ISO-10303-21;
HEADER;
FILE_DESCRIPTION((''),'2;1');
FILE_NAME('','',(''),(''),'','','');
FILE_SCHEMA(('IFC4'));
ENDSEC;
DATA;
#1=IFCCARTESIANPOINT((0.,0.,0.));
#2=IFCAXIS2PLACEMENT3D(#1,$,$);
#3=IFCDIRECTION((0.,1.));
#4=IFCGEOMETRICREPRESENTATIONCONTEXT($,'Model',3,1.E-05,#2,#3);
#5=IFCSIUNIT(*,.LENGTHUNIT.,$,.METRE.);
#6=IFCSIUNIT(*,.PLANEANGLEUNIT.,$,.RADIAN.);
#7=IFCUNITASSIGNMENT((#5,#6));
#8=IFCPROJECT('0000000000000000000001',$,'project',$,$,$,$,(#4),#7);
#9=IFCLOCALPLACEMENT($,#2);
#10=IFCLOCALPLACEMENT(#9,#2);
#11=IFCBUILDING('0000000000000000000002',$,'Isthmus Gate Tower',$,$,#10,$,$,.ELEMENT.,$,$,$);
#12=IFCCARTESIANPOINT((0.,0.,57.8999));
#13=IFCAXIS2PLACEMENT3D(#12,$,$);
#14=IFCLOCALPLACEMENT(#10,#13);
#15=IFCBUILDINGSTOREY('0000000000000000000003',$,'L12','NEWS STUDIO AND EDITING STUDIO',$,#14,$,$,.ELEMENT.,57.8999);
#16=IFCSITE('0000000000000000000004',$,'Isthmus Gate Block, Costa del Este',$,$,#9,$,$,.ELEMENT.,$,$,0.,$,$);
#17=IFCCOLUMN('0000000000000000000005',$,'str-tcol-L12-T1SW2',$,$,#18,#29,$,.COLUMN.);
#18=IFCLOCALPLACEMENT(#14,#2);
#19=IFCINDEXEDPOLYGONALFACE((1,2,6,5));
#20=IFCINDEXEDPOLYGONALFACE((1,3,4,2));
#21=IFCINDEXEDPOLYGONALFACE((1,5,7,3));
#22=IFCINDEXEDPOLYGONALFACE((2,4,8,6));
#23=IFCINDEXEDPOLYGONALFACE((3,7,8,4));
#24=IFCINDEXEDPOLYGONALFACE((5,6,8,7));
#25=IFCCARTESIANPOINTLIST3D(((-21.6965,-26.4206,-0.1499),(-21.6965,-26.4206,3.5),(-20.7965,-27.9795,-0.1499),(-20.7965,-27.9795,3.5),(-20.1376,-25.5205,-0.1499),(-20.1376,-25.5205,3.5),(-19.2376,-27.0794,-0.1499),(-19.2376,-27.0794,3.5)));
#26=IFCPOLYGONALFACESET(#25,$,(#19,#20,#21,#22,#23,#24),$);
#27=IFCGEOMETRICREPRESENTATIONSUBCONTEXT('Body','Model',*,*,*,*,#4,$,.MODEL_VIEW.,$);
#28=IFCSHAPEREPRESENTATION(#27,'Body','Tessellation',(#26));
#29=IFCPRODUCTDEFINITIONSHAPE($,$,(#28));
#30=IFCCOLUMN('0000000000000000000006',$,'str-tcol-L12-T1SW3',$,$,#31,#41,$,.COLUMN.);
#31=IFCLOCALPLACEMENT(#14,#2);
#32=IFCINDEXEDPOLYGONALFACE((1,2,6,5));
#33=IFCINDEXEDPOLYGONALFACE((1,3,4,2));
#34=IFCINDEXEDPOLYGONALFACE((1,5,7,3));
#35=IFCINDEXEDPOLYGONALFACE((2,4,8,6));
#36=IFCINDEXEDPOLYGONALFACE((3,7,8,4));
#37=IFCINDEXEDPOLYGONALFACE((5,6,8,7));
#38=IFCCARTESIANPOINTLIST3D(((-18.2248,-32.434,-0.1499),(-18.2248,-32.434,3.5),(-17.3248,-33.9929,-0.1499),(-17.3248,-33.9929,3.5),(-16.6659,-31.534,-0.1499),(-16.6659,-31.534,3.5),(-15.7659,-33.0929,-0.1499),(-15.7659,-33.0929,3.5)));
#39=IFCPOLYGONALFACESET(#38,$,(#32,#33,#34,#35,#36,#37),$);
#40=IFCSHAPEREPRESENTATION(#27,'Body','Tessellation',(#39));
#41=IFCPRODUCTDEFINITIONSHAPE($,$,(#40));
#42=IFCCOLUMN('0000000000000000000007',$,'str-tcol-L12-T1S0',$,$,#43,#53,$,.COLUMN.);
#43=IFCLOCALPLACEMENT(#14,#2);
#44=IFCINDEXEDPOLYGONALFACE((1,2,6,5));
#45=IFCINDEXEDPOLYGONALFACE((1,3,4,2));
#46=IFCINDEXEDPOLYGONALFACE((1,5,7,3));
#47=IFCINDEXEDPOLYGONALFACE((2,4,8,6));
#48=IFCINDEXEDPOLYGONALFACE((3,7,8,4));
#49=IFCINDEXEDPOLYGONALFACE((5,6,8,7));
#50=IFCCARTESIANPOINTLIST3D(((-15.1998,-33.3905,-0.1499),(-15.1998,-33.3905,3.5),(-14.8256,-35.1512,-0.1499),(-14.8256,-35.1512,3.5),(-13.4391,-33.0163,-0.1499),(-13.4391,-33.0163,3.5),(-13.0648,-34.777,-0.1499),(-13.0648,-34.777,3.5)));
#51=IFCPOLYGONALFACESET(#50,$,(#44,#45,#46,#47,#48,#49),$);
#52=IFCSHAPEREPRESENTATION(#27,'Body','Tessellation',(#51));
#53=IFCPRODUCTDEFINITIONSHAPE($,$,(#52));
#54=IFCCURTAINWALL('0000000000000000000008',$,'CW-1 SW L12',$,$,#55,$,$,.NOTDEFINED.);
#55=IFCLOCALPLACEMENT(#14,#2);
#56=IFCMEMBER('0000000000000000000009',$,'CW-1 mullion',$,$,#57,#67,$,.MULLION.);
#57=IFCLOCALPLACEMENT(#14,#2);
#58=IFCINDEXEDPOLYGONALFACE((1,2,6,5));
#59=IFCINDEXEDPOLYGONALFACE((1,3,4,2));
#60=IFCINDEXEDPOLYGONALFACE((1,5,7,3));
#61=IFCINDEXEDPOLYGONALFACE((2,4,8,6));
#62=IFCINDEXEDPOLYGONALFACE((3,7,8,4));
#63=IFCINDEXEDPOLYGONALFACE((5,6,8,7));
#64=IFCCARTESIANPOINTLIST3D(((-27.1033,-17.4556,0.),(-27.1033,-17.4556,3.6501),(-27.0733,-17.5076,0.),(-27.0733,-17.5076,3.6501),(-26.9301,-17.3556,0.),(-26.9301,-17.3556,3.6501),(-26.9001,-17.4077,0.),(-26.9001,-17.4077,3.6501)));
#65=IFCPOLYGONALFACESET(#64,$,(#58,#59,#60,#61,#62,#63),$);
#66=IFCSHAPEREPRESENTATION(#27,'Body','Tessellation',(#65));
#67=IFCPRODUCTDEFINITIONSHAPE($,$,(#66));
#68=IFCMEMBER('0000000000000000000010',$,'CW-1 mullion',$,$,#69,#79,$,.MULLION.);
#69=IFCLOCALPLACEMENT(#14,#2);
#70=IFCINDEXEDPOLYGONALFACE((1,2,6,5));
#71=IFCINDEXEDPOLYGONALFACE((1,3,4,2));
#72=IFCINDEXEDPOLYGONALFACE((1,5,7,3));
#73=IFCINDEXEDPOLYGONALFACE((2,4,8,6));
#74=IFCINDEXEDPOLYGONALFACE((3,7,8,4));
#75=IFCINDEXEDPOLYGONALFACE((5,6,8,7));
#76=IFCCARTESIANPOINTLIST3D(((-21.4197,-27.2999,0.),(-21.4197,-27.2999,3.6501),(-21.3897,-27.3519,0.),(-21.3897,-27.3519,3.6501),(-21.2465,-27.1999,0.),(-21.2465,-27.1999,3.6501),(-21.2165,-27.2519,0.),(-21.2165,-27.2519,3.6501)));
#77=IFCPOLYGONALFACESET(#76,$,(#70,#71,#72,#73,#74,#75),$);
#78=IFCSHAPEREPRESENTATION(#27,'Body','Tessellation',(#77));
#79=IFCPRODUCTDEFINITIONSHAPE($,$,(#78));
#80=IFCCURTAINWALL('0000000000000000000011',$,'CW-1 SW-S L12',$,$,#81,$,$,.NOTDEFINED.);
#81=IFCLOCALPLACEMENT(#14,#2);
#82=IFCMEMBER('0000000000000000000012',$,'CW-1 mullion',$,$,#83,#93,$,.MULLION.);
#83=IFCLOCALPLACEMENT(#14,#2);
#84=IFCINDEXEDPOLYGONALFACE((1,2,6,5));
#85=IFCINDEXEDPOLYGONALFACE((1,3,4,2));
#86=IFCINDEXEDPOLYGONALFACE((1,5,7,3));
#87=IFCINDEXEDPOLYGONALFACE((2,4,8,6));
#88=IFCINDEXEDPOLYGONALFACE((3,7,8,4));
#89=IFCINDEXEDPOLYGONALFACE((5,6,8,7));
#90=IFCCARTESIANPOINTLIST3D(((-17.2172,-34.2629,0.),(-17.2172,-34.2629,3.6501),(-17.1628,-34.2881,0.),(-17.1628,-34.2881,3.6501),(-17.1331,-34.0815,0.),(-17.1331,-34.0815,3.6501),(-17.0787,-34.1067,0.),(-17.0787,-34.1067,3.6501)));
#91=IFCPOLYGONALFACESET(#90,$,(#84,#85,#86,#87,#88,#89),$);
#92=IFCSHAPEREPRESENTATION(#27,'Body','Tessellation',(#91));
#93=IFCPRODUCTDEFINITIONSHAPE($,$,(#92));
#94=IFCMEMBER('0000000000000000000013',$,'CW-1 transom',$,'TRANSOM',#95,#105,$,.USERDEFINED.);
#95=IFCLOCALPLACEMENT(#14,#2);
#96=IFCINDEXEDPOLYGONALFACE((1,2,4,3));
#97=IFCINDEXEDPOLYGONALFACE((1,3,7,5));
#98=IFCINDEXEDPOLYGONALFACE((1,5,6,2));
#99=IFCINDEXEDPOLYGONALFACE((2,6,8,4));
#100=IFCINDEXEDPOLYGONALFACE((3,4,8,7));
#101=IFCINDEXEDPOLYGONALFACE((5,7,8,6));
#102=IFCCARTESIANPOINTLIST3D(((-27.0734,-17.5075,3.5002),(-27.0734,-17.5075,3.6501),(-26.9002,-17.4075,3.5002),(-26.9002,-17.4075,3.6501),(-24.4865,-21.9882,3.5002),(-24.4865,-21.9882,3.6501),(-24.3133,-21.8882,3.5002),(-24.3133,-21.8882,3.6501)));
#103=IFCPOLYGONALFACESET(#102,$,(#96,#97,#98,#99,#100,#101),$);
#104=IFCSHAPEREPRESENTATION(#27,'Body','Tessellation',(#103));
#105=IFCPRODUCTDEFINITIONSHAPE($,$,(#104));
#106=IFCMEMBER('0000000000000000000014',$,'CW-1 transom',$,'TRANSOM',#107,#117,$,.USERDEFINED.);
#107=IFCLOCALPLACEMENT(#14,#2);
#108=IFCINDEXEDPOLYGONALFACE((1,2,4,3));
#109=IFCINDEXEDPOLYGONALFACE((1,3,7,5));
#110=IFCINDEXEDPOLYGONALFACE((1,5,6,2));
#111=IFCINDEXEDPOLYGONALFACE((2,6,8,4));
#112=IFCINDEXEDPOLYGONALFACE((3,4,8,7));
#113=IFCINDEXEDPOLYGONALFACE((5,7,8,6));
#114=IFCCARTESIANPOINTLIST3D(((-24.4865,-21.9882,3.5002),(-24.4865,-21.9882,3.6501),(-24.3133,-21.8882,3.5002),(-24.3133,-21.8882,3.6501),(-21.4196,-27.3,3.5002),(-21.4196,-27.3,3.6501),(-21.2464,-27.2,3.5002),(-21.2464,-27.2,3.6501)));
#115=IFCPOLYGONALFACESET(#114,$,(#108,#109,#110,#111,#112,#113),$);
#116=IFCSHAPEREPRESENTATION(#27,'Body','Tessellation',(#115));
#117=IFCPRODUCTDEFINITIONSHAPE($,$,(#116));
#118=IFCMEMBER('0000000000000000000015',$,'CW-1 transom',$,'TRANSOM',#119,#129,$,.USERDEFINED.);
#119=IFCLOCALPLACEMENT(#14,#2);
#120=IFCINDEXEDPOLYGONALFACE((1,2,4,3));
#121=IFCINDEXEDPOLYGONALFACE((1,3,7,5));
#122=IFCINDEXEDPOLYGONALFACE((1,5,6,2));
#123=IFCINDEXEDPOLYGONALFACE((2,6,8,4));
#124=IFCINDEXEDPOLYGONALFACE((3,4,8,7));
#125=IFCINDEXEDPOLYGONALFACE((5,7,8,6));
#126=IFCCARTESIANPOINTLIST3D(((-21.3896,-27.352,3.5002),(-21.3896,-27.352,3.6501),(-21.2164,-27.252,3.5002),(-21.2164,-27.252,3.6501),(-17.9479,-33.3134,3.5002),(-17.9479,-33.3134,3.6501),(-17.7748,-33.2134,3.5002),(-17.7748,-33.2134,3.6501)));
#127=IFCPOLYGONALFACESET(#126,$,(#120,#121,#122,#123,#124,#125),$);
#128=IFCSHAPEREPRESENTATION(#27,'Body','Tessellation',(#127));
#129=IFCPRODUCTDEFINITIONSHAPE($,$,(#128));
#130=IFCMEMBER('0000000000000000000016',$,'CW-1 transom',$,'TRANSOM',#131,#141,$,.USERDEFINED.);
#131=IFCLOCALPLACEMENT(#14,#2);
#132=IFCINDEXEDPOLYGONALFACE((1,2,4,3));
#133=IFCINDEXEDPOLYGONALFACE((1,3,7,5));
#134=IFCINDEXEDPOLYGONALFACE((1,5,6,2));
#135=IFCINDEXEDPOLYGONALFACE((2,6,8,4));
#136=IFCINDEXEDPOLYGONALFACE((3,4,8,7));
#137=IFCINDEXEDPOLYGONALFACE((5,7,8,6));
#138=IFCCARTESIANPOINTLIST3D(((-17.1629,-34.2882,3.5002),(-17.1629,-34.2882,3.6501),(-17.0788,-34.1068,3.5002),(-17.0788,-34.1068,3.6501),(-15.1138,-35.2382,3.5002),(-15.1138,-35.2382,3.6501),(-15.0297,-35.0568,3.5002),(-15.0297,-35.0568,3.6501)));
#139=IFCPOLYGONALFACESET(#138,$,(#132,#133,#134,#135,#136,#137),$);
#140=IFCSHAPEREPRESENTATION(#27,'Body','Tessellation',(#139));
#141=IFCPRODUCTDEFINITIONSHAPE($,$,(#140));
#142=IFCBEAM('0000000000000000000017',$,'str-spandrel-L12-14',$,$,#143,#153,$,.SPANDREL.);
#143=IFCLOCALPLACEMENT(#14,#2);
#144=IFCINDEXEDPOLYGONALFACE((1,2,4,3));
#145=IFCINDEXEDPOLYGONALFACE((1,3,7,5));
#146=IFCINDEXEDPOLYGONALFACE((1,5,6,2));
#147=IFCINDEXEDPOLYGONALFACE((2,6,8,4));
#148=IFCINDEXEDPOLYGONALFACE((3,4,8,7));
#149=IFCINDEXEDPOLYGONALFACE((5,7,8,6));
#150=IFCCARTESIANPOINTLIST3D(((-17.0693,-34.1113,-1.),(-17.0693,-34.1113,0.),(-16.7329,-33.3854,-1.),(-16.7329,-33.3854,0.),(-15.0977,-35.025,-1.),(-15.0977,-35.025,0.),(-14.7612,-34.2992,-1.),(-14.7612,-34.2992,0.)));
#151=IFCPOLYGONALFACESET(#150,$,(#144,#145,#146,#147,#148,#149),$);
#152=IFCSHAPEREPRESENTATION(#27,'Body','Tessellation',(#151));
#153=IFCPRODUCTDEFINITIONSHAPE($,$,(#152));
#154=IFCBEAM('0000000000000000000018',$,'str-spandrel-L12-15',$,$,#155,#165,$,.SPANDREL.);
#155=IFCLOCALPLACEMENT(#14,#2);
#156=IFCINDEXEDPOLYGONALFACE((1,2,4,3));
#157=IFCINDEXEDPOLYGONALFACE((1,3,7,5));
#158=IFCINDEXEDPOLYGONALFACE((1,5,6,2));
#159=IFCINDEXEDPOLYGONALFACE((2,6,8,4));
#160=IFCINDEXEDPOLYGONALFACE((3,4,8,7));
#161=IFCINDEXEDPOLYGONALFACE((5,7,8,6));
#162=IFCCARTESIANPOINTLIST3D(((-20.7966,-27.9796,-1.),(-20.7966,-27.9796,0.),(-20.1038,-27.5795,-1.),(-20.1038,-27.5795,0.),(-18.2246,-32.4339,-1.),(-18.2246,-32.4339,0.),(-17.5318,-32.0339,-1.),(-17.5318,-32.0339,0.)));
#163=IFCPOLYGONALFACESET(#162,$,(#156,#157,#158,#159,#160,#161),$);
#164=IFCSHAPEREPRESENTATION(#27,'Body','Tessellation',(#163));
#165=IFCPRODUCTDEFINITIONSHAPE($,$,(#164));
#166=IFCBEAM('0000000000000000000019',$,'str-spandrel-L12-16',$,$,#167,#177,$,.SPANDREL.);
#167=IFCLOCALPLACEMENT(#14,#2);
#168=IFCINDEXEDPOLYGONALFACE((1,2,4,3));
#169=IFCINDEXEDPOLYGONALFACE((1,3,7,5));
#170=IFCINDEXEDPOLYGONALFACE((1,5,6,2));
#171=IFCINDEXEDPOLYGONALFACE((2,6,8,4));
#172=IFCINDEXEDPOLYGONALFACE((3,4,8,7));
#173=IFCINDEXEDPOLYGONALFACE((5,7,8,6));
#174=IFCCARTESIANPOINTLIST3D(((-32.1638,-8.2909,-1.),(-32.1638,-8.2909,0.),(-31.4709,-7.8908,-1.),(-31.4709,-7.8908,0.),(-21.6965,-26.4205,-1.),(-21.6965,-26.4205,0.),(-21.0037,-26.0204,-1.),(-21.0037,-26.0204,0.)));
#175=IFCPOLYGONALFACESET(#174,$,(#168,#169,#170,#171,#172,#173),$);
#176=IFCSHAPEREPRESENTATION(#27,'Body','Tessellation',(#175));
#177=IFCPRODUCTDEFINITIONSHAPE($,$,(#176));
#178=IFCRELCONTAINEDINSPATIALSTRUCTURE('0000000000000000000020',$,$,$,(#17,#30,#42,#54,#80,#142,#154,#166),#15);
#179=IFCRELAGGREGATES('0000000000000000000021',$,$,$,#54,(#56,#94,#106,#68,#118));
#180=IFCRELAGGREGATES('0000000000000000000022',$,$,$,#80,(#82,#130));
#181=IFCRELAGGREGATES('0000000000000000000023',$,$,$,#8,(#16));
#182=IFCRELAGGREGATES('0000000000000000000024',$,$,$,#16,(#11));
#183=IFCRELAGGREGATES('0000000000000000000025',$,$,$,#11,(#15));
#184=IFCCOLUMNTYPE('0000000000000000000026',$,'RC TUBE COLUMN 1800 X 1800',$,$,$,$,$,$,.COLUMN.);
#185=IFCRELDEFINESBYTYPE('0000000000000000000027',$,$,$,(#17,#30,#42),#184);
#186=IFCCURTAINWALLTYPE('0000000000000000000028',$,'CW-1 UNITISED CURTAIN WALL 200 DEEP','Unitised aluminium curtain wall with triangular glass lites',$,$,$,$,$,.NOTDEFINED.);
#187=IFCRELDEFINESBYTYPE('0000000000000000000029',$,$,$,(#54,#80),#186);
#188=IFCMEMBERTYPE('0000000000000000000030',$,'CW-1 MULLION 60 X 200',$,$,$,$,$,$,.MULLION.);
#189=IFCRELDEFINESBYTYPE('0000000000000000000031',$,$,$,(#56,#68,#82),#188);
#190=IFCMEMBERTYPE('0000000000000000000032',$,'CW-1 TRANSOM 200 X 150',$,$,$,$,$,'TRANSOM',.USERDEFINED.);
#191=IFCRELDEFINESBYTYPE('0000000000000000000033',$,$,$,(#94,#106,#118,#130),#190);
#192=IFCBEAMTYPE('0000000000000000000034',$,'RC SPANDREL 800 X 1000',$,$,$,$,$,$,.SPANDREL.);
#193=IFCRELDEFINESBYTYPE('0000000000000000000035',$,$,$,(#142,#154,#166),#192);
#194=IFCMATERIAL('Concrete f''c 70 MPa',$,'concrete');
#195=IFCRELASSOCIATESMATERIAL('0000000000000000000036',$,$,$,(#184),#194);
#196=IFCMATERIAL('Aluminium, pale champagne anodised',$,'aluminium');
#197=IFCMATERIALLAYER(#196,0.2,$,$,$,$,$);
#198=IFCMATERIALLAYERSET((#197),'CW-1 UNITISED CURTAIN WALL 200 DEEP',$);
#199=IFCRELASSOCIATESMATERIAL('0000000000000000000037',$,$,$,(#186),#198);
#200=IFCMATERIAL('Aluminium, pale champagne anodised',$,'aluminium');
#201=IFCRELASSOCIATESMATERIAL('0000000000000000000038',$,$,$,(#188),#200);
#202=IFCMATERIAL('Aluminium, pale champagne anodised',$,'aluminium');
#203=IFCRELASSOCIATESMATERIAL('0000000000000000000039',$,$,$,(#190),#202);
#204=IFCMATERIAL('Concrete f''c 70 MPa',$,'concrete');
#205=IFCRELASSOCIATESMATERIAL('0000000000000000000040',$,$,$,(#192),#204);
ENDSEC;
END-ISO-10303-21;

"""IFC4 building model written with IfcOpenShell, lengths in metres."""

from ifc_helpers import new_model, si_unit, direction, frame, origin, origin_2d, place, context, subcontext, project, spatial, rectangle, extrude, material, layer, layer_set, material_profile, profile_set, type_object, element, aggregate, save


model = new_model("IFC4")

# Units and contexts
model_context = context("Model", 3, precision=1e-05, world=origin(), true_north=direction((0.0, 1.0)))
body_context = subcontext(model_context, "Body", "Model", "MODEL_VIEW")
ifc_project = project(units=[si_unit("LENGTHUNIT", "METRE"), si_unit("PLANEANGLEUNIT", "RADIAN")], contexts=[model_context])

# Site, building, storey
site_placement = place(None, origin())
site = spatial("IfcSite", under=ifc_project, at=site_placement, Name="Isthmus Gate Block, Costa del Este", CompositionType="ELEMENT", RefElevation=0.0)
building_placement = place(site_placement, origin())
building = spatial("IfcBuilding", under=site, at=building_placement, Name="Isthmus Gate Tower", CompositionType="ELEMENT")
storey_placement = place(building_placement, frame((0.0, 0.0, 57.8999)))
storey = spatial("IfcBuildingStorey", under=building, at=storey_placement, Name="L12", Description="NEWS STUDIO AND EDITING STUDIO", CompositionType="ELEMENT", Elevation=57.8999)

# Columns
ifc_material_1 = material(Name="Concrete f'c 70 MPa", Category="concrete")
ifc_material_profile_1 = material_profile(ifc_material_1, rectangle(XDim=1.8, YDim=1.8, at=origin_2d()), Name="RC 1800X1800")
ifc_profile_set_1 = profile_set([ifc_material_profile_1], Name="Concrete f'c 70 MPa")
column_type = type_object("IfcColumnType", Name="RC TUBE COLUMN 1800 X 1800", PredefinedType="COLUMN", material=ifc_profile_set_1)
for number, where, z_axis, x_axis, name in (
    (1, (-20.467, -26.75, -0.1499), (0.0, 0.0, 1.0), (0.5, -0.866025, 0.0), "str-tcol-L12-T1SW2"),
    (2, (-16.9954, -32.7634, -0.1499), (0.0, 0.0, 1.0), (0.5, -0.866025, 0.0), "str-tcol-L12-T1SW3"),
    (3, (-14.1323, -34.0837, -0.1499), (0.0, 0.0, 1.0), (0.978148, 0.207912, 0.0), "str-tcol-L12-T1S0"),
):
    element("IfcColumn", number, at=place(storey_placement, frame(where, z_axis=z_axis, x_axis=x_axis)), inside=storey, type_object=column_type, Name=name, PredefinedType="COLUMN", context=body_context, shape_type="SweptSolid", body=[
        extrude(rectangle(XDim=1.8, YDim=1.8, at=origin_2d()), origin(), (0.0, 0.0, 1.0), 3.6499),
    ])

# Curtain wall, members
ifc_material_2 = material(Name="Aluminium, pale champagne anodised", Category="aluminium")
ifc_layer_1 = layer(ifc_material_2, 0.2)
ifc_layer_set_1 = layer_set([ifc_layer_1], Name="CW-1 UNITISED CURTAIN WALL 200 DEEP")
curtain_wall_type = type_object("IfcCurtainWallType", Name="CW-1 UNITISED CURTAIN WALL 200 DEEP", Description="Unitised aluminium curtain wall with triangular glass lites", PredefinedType="NOTDEFINED", material=ifc_layer_set_1)
curtain_wall_1_placement = place(storey_placement, origin())
curtain_wall_1 = element("IfcCurtainWall", 4, at=curtain_wall_1_placement, inside=storey, type_object=curtain_wall_type, Name="CW-1 SW L12", PredefinedType="NOTDEFINED")
ifc_material_3 = material(Name="Aluminium, pale champagne anodised", Category="aluminium")
ifc_material_profile_2 = material_profile(ifc_material_3, rectangle(XDim=0.0601, YDim=0.2, at=origin_2d()), Name="60x200")
ifc_profile_set_2 = profile_set([ifc_material_profile_2], Name="Aluminium, pale champagne anodised")
member_type_1 = type_object("IfcMemberType", Name="CW-1 MULLION 60 X 200", PredefinedType="MULLION", material=ifc_profile_set_2)
member_1_placement = place(storey_placement, frame((-27.0017, -17.4316, 0.0), z_axis=(0.0, 0.0, 1.0), x_axis=(0.5, -0.866025, 0.0)))
member_1 = element("IfcMember", 5, at=member_1_placement, type_object=member_type_1, Name="CW-1 mullion", PredefinedType="MULLION", context=body_context, shape_type="SweptSolid", body=[
    extrude(rectangle(XDim=0.0601, YDim=0.2, at=origin_2d()), origin(), (0.0, 0.0, 1.0), 3.6501),
])
member_2_placement = place(storey_placement, frame((-21.3181, -27.2759, 0.0), z_axis=(0.0, 0.0, 1.0), x_axis=(0.5, -0.866025, 0.0)))
member_2 = element("IfcMember", 6, at=member_2_placement, type_object=member_type_1, Name="CW-1 mullion", PredefinedType="MULLION", context=body_context, shape_type="SweptSolid", body=[
    extrude(rectangle(XDim=0.0601, YDim=0.2, at=origin_2d()), origin(), (0.0, 0.0, 1.0), 3.6501),
])

# Curtain wall, member
curtain_wall_2_placement = place(storey_placement, origin())
curtain_wall_2 = element("IfcCurtainWall", 7, at=curtain_wall_2_placement, inside=storey, type_object=curtain_wall_type, Name="CW-1 SW-S L12", PredefinedType="NOTDEFINED")
member_3_placement = place(storey_placement, frame((-17.1479, -34.1848, 0.0), z_axis=(0.0, 0.0, 1.0), x_axis=(0.907256, -0.420578, 0.0)))
member_3 = element("IfcMember", 8, at=member_3_placement, type_object=member_type_1, Name="CW-1 mullion", PredefinedType="MULLION", context=body_context, shape_type="SweptSolid", body=[
    extrude(rectangle(XDim=0.0601, YDim=0.2, at=origin_2d()), origin(), (0.0, 0.0, 1.0), 3.6501),
])

# Members
ifc_material_4 = material(Name="Aluminium, pale champagne anodised", Category="aluminium")
ifc_material_profile_3 = material_profile(ifc_material_4, rectangle(XDim=0.2, YDim=0.1499, at=origin_2d()), Name="200x150")
ifc_profile_set_3 = profile_set([ifc_material_profile_3], Name="Aluminium, pale champagne anodised")
member_type_2 = type_object("IfcMemberType", Name="CW-1 TRANSOM 200 X 150", ElementType="TRANSOM", PredefinedType="USERDEFINED", material=ifc_profile_set_3)
member_4_placement = place(storey_placement, frame((-26.9868, -17.4575, 3.5752), z_axis=(0.499996, -0.866028, 0.0), x_axis=(0.866028, 0.499996, 0.0)))
member_4 = element("IfcMember", 9, at=member_4_placement, type_object=member_type_2, Name="CW-1 transom", ObjectType="TRANSOM", PredefinedType="USERDEFINED", context=body_context, shape_type="SweptSolid", body=[
    extrude(rectangle(XDim=0.2, YDim=0.1499, at=origin_2d()), origin(), (0.0, 0.0, 1.0), 5.1738),
])
member_5_placement = place(storey_placement, frame((-24.3999, -21.9382, 3.5752), z_axis=(0.500018, -0.866015, 0.0), x_axis=(0.866015, 0.500018, 0.0)))
member_5 = element("IfcMember", 10, at=member_5_placement, type_object=member_type_2, Name="CW-1 transom", ObjectType="TRANSOM", PredefinedType="USERDEFINED", context=body_context, shape_type="SweptSolid", body=[
    extrude(rectangle(XDim=0.2, YDim=0.1499, at=origin_2d()), origin(), (0.0, 0.0, 1.0), 6.1335),
])
member_6_placement = place(storey_placement, frame((-21.303, -27.302, 3.5752), z_axis=(0.49998, -0.866037, 0.0), x_axis=(0.866037, 0.49998, 0.0)))
member_6 = element("IfcMember", 11, at=member_6_placement, type_object=member_type_2, Name="CW-1 transom", ObjectType="TRANSOM", PredefinedType="USERDEFINED", context=body_context, shape_type="SweptSolid", body=[
    extrude(rectangle(XDim=0.2, YDim=0.1499, at=origin_2d()), origin(), (0.0, 0.0, 1.0), 6.8835),
])
member_7_placement = place(storey_placement, frame((-17.1208, -34.1975, 3.5752), z_axis=(0.907246, -0.4206, 0.0), x_axis=(0.4206, 0.907246, 0.0)))
member_7 = element("IfcMember", 12, at=member_7_placement, type_object=member_type_2, Name="CW-1 transom", ObjectType="TRANSOM", PredefinedType="USERDEFINED", context=body_context, shape_type="SweptSolid", body=[
    extrude(rectangle(XDim=0.2, YDim=0.1499, at=origin_2d()), origin(), (0.0, 0.0, 1.0), 2.2585),
])

# Beams
ifc_material_5 = material(Name="Concrete f'c 70 MPa", Category="concrete")
ifc_material_profile_4 = material_profile(ifc_material_5, rectangle(XDim=0.8, YDim=1.0, at=origin_2d()), Name="RC 800X1000")
ifc_profile_set_4 = profile_set([ifc_material_profile_4], Name="Concrete f'c 70 MPa")
beam_type_1 = type_object("IfcBeamType", Name="RC SPANDREL 800 X 1000", PredefinedType="SPANDREL", material=ifc_profile_set_4)
beam_1_placement = place(storey_placement, frame((-14.9294, -34.6621, -0.5), z_axis=(-0.907291, 0.420504, 0.0), x_axis=(-0.420504, -0.907291, 0.0)))
element("IfcBeam", 13, at=beam_1_placement, inside=storey, type_object=beam_type_1, Name="str-spandrel-L12-14", PredefinedType="SPANDREL", context=body_context, shape_type="SweptSolid", body=[
    extrude(rectangle(XDim=0.8, YDim=1.0, at=origin_2d()), origin(), (0.0, 0.0, 1.0), 2.1731),
])
beam_2_placement = place(storey_placement, frame((-17.8782, -32.2339, -0.5), z_axis=(-0.500044, 0.866, 0.0), x_axis=(-0.866, -0.500044, 0.0)))
element("IfcBeam", 14, at=beam_2_placement, inside=storey, type_object=beam_type_1, Name="str-spandrel-L12-15", PredefinedType="SPANDREL", context=body_context, shape_type="SweptSolid", body=[
    extrude(rectangle(XDim=0.8, YDim=1.0, at=origin_2d()), origin(), (0.0, 0.0, 1.0), 5.1436),
])
beam_3_placement = place(storey_placement, frame((-21.3501, -26.2205, -0.5), z_axis=(-0.500005, 0.866023, 0.0), x_axis=(-0.866023, -0.500005, 0.0)))
element("IfcBeam", 15, at=beam_3_placement, inside=storey, type_object=beam_type_1, Name="str-spandrel-L12-16", PredefinedType="SPANDREL", context=body_context, shape_type="SweptSolid", body=[
    extrude(rectangle(XDim=0.8, YDim=1.0, at=origin_2d()), origin(), (0.0, 0.0, 1.0), 20.9343),
])

aggregate(curtain_wall_1, [member_1, member_4, member_5, member_2, member_6])
aggregate(curtain_wall_2, [member_3, member_7])

save(model, "model.ifc")
